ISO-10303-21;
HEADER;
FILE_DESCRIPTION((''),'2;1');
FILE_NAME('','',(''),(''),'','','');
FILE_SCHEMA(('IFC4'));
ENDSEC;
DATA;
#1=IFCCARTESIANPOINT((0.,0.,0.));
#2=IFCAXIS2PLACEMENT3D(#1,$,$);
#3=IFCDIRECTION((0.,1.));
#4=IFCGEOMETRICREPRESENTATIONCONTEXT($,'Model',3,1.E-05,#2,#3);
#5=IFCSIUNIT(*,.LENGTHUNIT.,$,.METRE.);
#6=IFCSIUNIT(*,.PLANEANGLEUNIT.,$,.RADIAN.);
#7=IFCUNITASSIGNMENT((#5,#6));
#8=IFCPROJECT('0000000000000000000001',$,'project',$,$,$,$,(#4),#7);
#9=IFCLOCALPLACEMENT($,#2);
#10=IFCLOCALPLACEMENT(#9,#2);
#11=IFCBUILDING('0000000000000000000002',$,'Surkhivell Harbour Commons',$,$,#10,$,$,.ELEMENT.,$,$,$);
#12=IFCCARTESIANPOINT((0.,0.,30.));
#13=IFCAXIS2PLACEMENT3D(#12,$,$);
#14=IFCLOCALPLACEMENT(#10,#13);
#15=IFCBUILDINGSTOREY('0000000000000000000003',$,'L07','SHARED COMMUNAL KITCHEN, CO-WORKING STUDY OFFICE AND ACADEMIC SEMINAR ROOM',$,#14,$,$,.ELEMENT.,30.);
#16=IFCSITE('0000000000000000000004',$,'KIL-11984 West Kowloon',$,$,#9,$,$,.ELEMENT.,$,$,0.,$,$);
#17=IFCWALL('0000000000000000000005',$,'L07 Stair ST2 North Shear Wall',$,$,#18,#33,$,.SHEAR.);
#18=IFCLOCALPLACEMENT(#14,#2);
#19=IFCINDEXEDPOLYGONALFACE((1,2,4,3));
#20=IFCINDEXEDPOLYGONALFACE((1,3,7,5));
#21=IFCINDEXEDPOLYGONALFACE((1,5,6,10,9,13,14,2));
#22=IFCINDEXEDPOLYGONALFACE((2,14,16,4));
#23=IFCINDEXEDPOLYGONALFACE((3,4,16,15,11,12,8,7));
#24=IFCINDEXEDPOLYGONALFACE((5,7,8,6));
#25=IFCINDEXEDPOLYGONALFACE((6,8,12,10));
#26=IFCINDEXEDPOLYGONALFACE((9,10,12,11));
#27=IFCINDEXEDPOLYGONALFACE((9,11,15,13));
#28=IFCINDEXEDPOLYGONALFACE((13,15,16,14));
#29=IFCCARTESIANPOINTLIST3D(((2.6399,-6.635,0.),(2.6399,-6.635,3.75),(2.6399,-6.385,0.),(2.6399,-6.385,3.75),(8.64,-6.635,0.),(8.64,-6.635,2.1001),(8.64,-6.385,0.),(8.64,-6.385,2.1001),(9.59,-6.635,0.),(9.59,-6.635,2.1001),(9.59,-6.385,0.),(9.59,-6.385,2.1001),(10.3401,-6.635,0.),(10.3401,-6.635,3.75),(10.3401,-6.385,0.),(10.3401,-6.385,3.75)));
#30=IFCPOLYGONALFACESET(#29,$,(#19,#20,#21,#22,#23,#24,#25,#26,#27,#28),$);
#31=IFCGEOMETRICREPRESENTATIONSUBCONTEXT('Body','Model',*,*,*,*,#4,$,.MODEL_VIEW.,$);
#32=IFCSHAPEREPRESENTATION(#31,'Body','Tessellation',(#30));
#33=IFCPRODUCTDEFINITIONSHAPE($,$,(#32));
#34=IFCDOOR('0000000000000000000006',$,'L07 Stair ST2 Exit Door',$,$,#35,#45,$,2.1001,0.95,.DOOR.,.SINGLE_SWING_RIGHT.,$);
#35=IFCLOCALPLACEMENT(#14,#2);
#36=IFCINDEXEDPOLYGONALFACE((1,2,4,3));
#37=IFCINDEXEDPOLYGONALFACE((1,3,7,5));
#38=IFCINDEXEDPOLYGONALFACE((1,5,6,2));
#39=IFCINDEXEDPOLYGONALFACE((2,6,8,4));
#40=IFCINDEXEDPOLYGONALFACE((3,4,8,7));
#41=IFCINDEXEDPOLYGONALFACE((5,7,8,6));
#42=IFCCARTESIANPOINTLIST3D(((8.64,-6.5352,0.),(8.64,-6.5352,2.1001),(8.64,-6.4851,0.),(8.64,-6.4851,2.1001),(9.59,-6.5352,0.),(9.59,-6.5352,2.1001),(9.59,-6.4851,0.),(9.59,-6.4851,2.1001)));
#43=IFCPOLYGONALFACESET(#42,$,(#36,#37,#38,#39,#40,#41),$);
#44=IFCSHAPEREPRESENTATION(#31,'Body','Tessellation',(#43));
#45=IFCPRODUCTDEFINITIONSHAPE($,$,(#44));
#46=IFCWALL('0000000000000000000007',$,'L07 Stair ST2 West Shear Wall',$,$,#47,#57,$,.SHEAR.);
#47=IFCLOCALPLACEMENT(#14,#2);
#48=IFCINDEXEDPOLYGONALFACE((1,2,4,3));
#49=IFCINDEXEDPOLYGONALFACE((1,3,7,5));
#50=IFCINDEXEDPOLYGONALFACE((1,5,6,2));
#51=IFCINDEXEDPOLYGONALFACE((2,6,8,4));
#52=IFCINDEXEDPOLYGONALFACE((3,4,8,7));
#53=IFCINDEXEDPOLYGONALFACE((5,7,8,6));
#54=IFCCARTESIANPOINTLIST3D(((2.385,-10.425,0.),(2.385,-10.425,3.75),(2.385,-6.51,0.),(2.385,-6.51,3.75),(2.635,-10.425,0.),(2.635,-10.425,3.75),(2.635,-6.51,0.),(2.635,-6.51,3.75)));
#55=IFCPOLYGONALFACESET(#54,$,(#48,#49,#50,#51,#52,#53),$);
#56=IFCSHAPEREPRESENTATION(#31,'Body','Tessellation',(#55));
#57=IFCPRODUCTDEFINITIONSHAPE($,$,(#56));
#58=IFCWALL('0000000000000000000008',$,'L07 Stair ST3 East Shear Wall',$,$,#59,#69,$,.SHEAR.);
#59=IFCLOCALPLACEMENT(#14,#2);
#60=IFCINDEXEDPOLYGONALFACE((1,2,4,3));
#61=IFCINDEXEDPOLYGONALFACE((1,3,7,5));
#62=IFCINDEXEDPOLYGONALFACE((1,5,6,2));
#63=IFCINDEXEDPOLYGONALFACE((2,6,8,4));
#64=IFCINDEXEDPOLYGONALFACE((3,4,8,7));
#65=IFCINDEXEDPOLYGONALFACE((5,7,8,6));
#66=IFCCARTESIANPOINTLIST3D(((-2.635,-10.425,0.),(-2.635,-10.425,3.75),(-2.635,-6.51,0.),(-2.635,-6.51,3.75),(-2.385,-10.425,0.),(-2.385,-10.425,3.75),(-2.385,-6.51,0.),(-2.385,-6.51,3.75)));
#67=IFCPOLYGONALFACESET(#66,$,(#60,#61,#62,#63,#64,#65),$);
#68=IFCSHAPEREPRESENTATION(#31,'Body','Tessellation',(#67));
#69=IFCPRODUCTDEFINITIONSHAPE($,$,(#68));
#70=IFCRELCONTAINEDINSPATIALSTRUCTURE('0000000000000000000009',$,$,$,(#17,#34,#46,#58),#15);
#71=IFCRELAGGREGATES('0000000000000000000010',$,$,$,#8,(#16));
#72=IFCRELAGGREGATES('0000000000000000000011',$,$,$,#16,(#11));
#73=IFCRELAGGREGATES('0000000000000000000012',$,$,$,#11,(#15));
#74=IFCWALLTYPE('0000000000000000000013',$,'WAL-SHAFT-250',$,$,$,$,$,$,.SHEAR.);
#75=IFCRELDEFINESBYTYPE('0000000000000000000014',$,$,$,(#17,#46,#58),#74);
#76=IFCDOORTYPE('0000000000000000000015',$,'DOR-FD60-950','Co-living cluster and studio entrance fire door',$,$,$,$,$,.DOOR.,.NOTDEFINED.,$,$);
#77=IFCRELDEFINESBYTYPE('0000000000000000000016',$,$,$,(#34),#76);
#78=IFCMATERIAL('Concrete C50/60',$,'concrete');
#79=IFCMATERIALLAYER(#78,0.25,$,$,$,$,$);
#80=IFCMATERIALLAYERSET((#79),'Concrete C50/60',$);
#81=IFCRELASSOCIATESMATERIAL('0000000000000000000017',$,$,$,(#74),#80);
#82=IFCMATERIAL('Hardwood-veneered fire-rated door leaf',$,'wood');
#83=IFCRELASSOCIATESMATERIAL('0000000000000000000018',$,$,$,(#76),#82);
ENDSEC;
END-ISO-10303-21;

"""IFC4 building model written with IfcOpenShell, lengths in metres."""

from ifc_helpers import new_model, si_unit, direction, frame, frame_2d, origin, place, context, subcontext, project, spatial, rectangle, extrude, material, layer, layer_set, type_object, element, fill, save


model = new_model("IFC4")

# Units and contexts
model_context = context("Model", 3, precision=1e-05, world=origin(), true_north=direction((0.0, 1.0)))
body_context = subcontext(model_context, "Body", "Model", "MODEL_VIEW")
ifc_project = project(units=[si_unit("LENGTHUNIT", "METRE"), si_unit("PLANEANGLEUNIT", "RADIAN")], contexts=[model_context])

# Site, building, storey
site_placement = place(None, origin())
site = spatial("IfcSite", under=ifc_project, at=site_placement, Name="KIL-11984 West Kowloon", CompositionType="ELEMENT", RefElevation=0.0)
building_placement = place(site_placement, origin())
building = spatial("IfcBuilding", under=site, at=building_placement, Name="Surkhivell Harbour Commons", CompositionType="ELEMENT")
storey_placement = place(building_placement, frame((0.0, 0.0, 30.0)))
storey = spatial("IfcBuildingStorey", under=building, at=storey_placement, Name="L07", Description="SHARED COMMUNAL KITCHEN, CO-WORKING STUDY OFFICE AND ACADEMIC SEMINAR ROOM", CompositionType="ELEMENT", Elevation=30.0)

# Shared definitions
ifc_material_1 = material(Name="Hardwood-veneered fire-rated door leaf", Category="wood")

# Shared definitions
ifc_material_2 = material(Name="Concrete C50/60", Category="concrete")
ifc_layer_1 = layer(ifc_material_2, 0.25)
ifc_layer_set_1 = layer_set([ifc_layer_1], Name="Concrete C50/60")
wall_type_1 = type_object("IfcWallType", Name="WAL-SHAFT-250", PredefinedType="SHEAR", material=ifc_layer_set_1)

# Wall, opening, door
wall_1_placement = place(storey_placement, frame((2.6399, -6.51, 0.0), z_axis=(0.0, 0.0, 1.0), x_axis=(1.0, 0.0, 0.0)))
wall_1 = element("IfcWall", 1, at=wall_1_placement, inside=storey, type_object=wall_type_1, Name="L07 Stair ST2 North Shear Wall", PredefinedType="SHEAR", context=body_context, shape_type="SweptSolid", body=[
    extrude(rectangle(XDim=7.7002, YDim=0.25, at=frame_2d((3.8501, 0.0))), origin(), (0.0, 0.0, 1.0), 3.75),
])
opening_1_placement = place(wall_1_placement, frame((6.0, 0.0, 0.0)))
opening_1 = element("IfcOpeningElement", 2, at=opening_1_placement, cuts=wall_1, PredefinedType="OPENING", context=body_context, shape_type="SweptSolid", body=[
    extrude(rectangle(XDim=0.95, YDim=2.1001, at=frame_2d((0.4751, 1.05))), frame((0.0, 0.135, 0.0), z_axis=(0.0, -1.0, 0.0), x_axis=(1.0, 0.0, 0.0)), (0.0, 0.0, 1.0), 0.27),
])
door_type_1 = type_object("IfcDoorType", Name="DOR-FD60-950", Description="Co-living cluster and studio entrance fire door", OperationType="NOTDEFINED", PredefinedType="DOOR", material=ifc_material_1)
door_1_placement = place(opening_1_placement, origin())
door_1 = element("IfcDoor", 3, at=door_1_placement, inside=storey, type_object=door_type_1, Name="L07 Stair ST2 Exit Door", OperationType="SINGLE_SWING_RIGHT", OverallHeight=2.1001, OverallWidth=0.95, PredefinedType="DOOR", context=body_context, shape_type="SweptSolid", body=[
    extrude(rectangle(XDim=0.95, YDim=2.1001, at=frame_2d((0.4751, 1.05))), frame((0.0, 0.0249, 0.0), z_axis=(0.0, -1.0, 0.0), x_axis=(1.0, 0.0, 0.0)), (0.0, 0.0, 1.0), 0.05),
])
fill(opening_1, door_1)

# Walls
for number, where, z_axis, x_axis, name in (
    (4, (2.51, -10.425, 0.0), (0.0, 0.0, 1.0), (0.0, 1.0, 0.0), "L07 Stair ST2 West Shear Wall"),
    (5, (-2.51, -10.425, 0.0), (0.0, 0.0, 1.0), (0.0, 1.0, 0.0), "L07 Stair ST3 East Shear Wall"),
):
    element("IfcWall", number, at=place(storey_placement, frame(where, z_axis=z_axis, x_axis=x_axis)), inside=storey, type_object=wall_type_1, Name=name, PredefinedType="SHEAR", context=body_context, shape_type="SweptSolid", body=[
        extrude(rectangle(XDim=3.915, YDim=0.25, at=frame_2d((1.9575, 0.0))), origin(), (0.0, 0.0, 1.0), 3.75),
    ])

save(model, "model.ifc")
